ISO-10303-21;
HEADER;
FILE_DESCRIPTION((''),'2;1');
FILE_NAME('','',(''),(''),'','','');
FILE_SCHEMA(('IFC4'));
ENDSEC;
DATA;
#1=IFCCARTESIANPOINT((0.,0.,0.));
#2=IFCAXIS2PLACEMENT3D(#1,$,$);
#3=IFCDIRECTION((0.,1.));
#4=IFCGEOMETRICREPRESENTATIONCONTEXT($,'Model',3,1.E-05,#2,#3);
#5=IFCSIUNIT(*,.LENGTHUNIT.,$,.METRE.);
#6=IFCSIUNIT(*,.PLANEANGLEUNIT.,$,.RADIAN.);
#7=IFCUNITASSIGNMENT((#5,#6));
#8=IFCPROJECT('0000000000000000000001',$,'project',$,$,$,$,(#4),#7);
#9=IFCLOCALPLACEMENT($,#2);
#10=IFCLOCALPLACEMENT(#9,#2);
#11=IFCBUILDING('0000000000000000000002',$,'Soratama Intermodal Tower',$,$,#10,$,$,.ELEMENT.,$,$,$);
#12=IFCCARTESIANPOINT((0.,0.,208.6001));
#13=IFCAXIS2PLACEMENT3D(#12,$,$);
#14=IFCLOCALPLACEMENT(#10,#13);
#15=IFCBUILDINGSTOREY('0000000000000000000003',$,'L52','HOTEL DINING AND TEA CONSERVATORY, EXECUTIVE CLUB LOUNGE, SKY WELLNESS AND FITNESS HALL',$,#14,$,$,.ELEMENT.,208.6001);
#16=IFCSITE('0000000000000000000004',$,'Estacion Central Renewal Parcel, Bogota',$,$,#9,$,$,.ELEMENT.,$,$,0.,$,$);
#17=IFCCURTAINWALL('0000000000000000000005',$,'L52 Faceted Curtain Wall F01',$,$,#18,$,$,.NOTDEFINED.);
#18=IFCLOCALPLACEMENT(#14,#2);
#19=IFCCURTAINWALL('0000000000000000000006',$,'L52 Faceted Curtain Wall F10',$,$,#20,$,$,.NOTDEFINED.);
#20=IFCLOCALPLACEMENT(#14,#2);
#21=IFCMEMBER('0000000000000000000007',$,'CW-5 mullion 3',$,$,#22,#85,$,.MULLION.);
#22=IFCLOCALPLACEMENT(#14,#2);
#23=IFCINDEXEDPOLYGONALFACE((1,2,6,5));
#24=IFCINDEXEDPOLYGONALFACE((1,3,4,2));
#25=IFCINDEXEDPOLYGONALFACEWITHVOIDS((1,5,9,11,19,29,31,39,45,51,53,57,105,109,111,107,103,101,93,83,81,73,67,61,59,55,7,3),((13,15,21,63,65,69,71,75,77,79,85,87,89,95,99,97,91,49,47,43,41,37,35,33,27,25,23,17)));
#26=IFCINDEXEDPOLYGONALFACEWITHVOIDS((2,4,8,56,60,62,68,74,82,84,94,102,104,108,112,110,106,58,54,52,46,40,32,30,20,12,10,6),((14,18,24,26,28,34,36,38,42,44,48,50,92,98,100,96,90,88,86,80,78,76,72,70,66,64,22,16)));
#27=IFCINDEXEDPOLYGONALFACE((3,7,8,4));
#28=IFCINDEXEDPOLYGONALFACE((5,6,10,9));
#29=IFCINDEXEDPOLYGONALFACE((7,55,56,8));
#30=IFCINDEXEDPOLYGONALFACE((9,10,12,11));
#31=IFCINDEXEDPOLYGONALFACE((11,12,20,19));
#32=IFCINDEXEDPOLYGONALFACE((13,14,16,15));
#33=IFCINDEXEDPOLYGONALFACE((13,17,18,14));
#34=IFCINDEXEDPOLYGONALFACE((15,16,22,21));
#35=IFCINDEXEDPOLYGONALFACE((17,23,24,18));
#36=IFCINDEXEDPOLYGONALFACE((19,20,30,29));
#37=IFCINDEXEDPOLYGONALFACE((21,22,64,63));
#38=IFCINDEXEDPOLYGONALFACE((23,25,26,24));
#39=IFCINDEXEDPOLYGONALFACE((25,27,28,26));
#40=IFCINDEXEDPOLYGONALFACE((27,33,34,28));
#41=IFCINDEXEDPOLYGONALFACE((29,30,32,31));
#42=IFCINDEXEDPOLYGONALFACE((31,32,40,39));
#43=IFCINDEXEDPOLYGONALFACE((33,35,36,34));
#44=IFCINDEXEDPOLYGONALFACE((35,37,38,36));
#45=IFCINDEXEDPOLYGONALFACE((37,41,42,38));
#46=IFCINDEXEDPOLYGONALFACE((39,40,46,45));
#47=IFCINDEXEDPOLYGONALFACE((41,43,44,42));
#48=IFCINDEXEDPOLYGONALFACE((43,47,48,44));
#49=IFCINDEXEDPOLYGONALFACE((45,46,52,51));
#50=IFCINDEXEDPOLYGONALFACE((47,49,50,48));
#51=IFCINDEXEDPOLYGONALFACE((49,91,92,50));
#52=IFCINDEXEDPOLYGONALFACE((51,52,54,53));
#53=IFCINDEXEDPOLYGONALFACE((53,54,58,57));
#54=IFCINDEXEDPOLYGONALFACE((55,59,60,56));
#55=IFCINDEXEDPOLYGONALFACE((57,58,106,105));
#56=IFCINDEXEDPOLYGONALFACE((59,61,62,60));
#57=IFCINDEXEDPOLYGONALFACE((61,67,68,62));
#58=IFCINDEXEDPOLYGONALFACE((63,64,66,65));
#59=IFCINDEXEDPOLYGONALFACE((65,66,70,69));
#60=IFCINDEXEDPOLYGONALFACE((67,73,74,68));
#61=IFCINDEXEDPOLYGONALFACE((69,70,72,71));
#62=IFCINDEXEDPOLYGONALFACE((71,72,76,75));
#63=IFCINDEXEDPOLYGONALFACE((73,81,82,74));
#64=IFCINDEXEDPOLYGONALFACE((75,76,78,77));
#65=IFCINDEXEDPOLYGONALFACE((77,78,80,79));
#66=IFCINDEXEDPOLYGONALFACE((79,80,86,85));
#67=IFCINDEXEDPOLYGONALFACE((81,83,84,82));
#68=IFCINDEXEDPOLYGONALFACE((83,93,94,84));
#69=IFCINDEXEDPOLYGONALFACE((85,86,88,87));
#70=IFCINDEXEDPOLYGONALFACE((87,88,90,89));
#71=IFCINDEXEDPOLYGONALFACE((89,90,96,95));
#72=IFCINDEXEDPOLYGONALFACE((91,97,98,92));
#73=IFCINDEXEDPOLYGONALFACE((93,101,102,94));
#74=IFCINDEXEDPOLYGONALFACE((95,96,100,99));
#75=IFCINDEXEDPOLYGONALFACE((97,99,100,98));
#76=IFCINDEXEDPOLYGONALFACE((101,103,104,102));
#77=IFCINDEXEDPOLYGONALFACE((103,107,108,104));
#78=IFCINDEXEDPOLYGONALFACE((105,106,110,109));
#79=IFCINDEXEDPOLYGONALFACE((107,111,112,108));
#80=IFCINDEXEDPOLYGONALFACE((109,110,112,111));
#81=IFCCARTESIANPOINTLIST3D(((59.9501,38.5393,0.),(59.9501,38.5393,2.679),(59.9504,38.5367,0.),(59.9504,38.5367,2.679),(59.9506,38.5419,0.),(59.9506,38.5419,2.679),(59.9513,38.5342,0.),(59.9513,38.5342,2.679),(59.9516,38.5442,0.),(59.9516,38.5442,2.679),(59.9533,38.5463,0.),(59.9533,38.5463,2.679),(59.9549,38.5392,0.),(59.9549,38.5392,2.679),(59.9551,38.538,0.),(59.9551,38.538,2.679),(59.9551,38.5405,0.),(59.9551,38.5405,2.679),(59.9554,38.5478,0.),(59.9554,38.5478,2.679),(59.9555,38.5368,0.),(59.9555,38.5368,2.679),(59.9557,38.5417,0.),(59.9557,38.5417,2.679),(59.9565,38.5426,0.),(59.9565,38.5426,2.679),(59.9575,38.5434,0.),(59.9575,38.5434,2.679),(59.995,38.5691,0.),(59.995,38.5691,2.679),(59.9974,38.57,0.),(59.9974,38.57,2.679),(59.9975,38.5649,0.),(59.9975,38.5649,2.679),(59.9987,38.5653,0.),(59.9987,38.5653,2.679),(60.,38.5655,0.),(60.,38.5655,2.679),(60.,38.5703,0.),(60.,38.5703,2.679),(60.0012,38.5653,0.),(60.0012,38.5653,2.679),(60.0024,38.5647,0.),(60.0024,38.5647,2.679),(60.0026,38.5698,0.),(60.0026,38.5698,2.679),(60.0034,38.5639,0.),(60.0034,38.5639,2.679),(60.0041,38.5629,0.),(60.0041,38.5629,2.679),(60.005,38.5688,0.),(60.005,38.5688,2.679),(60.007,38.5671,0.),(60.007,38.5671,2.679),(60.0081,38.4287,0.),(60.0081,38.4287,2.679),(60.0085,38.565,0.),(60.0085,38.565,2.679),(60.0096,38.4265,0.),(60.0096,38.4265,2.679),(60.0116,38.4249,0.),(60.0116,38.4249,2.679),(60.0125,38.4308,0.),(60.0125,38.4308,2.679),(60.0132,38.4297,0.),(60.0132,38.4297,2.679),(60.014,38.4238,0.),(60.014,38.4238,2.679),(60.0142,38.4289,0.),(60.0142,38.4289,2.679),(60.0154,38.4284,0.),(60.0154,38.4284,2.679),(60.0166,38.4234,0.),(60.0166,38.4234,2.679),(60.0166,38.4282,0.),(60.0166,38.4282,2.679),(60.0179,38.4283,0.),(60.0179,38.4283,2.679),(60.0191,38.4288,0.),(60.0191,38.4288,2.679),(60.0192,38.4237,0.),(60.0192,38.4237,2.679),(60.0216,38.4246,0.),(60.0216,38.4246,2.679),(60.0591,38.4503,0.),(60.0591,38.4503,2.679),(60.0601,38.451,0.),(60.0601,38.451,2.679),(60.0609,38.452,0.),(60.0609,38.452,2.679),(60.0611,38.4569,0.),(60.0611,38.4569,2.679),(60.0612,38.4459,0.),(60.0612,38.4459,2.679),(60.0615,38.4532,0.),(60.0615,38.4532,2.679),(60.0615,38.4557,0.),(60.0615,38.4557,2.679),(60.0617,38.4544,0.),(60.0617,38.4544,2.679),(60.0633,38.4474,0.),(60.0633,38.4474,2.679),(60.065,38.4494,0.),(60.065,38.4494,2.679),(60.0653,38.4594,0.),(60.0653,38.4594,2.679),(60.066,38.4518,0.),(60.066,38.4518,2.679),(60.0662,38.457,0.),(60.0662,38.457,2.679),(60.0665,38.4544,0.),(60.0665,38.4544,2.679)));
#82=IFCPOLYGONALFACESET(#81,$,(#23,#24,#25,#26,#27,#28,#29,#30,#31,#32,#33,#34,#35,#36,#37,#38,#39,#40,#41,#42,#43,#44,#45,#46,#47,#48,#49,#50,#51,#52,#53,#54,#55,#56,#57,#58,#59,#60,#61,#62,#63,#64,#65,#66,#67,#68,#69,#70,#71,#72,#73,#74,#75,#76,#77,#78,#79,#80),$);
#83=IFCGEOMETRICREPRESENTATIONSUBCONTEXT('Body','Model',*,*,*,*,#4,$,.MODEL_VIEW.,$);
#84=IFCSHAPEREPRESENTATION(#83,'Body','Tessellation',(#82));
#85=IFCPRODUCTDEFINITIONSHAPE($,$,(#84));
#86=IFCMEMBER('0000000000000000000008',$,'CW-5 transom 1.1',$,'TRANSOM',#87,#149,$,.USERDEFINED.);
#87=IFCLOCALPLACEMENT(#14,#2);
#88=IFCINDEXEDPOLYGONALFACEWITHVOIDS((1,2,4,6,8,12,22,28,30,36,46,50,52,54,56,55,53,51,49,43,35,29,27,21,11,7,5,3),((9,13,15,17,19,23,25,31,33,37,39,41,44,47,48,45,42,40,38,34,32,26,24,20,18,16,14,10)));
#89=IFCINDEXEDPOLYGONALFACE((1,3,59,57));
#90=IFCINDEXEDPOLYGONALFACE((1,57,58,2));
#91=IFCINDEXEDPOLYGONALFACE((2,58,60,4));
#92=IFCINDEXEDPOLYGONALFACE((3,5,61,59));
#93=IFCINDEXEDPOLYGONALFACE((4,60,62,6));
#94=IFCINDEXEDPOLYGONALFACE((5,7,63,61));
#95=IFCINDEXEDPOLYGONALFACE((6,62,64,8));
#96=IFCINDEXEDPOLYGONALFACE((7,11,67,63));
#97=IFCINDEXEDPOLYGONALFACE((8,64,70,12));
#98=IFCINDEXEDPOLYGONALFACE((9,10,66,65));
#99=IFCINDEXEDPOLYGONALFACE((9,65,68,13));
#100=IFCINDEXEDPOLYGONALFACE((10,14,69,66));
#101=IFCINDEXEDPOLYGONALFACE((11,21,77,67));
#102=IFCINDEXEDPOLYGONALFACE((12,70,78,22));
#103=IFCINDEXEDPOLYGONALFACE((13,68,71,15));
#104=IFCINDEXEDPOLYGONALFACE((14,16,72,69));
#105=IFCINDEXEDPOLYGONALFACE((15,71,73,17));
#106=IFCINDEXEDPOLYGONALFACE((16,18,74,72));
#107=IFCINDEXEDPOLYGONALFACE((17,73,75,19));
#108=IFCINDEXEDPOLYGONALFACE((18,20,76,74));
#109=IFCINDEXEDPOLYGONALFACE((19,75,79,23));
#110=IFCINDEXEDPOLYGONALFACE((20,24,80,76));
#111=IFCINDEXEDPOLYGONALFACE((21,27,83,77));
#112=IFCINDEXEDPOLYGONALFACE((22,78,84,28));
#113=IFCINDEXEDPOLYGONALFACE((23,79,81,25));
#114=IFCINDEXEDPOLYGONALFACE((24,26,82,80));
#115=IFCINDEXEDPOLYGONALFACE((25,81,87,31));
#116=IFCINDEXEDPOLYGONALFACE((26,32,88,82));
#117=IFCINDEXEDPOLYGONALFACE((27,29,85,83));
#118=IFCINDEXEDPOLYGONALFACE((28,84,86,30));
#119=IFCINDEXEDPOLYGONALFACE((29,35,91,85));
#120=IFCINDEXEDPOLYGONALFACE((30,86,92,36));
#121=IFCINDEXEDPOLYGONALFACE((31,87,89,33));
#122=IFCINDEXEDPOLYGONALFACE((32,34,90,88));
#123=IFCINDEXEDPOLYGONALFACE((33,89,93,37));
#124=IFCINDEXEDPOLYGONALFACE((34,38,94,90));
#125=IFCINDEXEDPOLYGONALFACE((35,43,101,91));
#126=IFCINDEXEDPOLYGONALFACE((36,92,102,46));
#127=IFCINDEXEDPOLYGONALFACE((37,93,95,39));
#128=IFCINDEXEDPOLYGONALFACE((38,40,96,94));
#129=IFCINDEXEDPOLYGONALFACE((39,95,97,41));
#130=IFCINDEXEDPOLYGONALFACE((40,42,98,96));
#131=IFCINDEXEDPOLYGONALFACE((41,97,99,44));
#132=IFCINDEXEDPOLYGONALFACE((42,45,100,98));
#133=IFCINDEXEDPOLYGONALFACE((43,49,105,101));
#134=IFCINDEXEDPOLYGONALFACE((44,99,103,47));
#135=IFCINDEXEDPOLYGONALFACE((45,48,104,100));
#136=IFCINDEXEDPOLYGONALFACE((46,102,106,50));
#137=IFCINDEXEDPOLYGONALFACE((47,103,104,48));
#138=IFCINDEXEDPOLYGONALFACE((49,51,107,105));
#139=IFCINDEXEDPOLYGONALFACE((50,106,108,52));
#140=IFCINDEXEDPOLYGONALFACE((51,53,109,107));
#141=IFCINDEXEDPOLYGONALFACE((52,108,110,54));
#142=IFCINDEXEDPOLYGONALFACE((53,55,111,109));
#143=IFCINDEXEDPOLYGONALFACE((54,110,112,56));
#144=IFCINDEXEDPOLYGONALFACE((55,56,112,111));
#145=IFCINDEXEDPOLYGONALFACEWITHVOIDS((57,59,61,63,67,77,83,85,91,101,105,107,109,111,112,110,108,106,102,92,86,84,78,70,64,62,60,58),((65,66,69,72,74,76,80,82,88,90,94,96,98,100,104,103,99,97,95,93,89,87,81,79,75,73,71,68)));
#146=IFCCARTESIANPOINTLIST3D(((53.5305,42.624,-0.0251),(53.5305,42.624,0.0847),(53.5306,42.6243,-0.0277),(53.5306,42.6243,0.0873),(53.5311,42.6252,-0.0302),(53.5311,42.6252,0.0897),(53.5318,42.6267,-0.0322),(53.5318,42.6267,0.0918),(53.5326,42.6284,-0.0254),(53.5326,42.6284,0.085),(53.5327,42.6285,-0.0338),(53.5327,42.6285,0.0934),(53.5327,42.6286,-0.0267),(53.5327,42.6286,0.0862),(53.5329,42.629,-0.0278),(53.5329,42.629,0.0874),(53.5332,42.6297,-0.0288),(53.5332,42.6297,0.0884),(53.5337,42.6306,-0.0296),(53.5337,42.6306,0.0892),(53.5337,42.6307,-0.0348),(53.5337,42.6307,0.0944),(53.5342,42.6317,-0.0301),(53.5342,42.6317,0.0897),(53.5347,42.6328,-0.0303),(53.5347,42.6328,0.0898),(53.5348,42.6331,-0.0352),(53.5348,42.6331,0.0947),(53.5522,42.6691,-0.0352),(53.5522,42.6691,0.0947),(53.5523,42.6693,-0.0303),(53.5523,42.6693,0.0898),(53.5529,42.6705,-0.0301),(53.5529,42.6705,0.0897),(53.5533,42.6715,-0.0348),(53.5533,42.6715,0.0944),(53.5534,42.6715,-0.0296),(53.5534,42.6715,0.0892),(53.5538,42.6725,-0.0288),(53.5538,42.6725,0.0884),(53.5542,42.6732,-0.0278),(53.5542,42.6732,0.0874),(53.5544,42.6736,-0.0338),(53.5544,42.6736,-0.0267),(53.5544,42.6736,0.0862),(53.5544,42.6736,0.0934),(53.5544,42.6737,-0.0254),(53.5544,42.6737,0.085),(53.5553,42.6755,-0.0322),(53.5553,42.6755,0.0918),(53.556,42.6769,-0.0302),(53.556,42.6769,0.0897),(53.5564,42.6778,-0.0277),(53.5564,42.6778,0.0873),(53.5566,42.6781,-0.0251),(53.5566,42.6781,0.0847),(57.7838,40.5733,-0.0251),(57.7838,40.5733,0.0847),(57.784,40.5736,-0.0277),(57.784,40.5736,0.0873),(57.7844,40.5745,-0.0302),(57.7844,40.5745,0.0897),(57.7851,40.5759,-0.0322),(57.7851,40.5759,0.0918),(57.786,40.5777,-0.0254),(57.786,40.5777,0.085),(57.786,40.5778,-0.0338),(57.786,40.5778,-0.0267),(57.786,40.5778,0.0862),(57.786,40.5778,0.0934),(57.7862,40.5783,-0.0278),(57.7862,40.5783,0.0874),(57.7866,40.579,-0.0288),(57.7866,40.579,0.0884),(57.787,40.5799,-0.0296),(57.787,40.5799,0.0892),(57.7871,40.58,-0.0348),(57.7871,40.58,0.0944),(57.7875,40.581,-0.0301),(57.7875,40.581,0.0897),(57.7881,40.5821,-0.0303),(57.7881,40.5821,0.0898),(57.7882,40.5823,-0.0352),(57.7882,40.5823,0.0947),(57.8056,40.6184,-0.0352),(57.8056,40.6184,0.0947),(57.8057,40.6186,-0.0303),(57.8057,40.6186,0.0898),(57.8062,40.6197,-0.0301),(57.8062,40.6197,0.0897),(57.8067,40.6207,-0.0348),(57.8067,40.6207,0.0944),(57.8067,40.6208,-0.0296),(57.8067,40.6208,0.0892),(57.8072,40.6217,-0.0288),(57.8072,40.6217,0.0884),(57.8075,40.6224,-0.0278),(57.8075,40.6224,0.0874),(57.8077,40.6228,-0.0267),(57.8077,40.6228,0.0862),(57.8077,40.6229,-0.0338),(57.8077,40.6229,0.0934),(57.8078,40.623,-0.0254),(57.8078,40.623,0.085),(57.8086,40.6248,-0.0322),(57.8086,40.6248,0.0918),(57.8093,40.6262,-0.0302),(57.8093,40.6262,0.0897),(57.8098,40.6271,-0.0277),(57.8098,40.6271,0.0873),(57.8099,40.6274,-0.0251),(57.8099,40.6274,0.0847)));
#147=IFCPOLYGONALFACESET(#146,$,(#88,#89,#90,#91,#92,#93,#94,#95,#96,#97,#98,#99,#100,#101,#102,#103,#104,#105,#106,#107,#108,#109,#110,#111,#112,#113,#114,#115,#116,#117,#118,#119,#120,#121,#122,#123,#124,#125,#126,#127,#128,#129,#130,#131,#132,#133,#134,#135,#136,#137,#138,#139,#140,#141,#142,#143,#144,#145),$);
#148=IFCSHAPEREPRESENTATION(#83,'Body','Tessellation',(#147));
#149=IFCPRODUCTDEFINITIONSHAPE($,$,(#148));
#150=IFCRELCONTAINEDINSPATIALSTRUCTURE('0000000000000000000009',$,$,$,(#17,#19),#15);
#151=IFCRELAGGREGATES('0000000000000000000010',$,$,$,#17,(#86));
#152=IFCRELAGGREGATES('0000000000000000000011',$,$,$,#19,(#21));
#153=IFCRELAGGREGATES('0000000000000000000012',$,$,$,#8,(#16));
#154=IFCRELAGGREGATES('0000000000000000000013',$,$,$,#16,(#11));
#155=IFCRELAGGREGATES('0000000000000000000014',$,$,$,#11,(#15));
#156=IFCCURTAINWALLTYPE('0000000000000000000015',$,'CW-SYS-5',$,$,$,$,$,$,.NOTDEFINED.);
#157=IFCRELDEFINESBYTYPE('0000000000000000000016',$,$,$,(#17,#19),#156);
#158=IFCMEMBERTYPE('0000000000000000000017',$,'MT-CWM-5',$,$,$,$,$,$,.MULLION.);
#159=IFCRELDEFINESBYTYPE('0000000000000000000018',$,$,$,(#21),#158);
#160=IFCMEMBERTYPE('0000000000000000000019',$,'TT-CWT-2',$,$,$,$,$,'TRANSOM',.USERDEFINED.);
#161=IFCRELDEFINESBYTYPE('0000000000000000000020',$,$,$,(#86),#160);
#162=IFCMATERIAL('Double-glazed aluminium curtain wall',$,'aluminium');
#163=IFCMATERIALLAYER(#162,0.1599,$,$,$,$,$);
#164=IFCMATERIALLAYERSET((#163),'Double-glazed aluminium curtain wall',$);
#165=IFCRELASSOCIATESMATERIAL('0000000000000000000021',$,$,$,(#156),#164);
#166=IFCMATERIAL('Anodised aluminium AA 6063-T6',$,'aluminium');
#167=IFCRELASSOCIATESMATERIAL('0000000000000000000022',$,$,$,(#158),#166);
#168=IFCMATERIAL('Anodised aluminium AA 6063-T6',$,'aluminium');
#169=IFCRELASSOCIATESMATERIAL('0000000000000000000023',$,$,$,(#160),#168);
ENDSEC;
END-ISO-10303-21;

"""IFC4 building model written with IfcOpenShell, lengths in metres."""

from ifc_helpers import new_model, si_unit, direction, frame, origin, origin_2d, place, context, subcontext, project, spatial, hollow_rectangle, extrude, material, layer, layer_set, material_profile, profile_set, type_object, element, aggregate, save


model = new_model("IFC4")

# Units and contexts
model_context = context("Model", 3, precision=1e-05, world=origin(), true_north=direction((0.0, 1.0)))
body_context = subcontext(model_context, "Body", "Model", "MODEL_VIEW")
ifc_project = project(units=[si_unit("LENGTHUNIT", "METRE"), si_unit("PLANEANGLEUNIT", "RADIAN")], contexts=[model_context])

# Site, building, storey
site_placement = place(None, origin())
site = spatial("IfcSite", under=ifc_project, at=site_placement, Name="Estacion Central Renewal Parcel, Bogota", CompositionType="ELEMENT", RefElevation=0.0)
building_placement = place(site_placement, origin())
building = spatial("IfcBuilding", under=site, at=building_placement, Name="Soratama Intermodal Tower", CompositionType="ELEMENT")
storey_placement = place(building_placement, frame((0.0, 0.0, 208.6001)))
storey = spatial("IfcBuildingStorey", under=building, at=storey_placement, Name="L52", Description="HOTEL DINING AND TEA CONSERVATORY, EXECUTIVE CLUB LOUNGE, SKY WELLNESS AND FITNESS HALL", CompositionType="ELEMENT", Elevation=208.6001)

# Curtain wall
ifc_material_1 = material(Name="Double-glazed aluminium curtain wall", Category="aluminium")
ifc_layer_1 = layer(ifc_material_1, 0.1599)
ifc_layer_set_1 = layer_set([ifc_layer_1], Name="Double-glazed aluminium curtain wall")
curtain_wall_type = type_object("IfcCurtainWallType", Name="CW-SYS-5", PredefinedType="NOTDEFINED", material=ifc_layer_set_1)
curtain_wall_1_placement = place(storey_placement, origin())
curtain_wall_1 = element("IfcCurtainWall", 1, at=curtain_wall_1_placement, inside=storey, type_object=curtain_wall_type, Name="L52 Faceted Curtain Wall F01", PredefinedType="NOTDEFINED")
ifc_material_2 = material(Name="Anodised aluminium AA 6063-T6", Category="aluminium")
ifc_material_profile_1 = material_profile(ifc_material_2, hollow_rectangle(XDim=0.0649, YDim=0.1399, WallThickness=0.0049, InnerFilletRadius=0.0049, OuterFilletRadius=0.01, at=origin_2d()), Name="CWM140X65X5")
ifc_profile_set_1 = profile_set([ifc_material_profile_1], Name="Anodised aluminium AA 6063-T6")
member_type_1 = type_object("IfcMemberType", Name="MT-CWM-5", PredefinedType="MULLION", material=ifc_profile_set_1)

# Curtain wall, member
curtain_wall_2_placement = place(storey_placement, origin())
curtain_wall_2 = element("IfcCurtainWall", 2, at=curtain_wall_2_placement, inside=storey, type_object=curtain_wall_type, Name="L52 Faceted Curtain Wall F10", PredefinedType="NOTDEFINED")
member_1_placement = place(storey_placement, frame((60.0083, 38.4968, 0.0), z_axis=(0.0, 0.0, 1.0), x_axis=(-0.880807, -0.473476, 0.0)))
member_1 = element("IfcMember", 3, at=member_1_placement, type_object=member_type_1, Name="CW-5 mullion 3", PredefinedType="MULLION", context=body_context, shape_type="SweptSolid", body=[
    extrude(hollow_rectangle(XDim=0.0649, YDim=0.1399, WallThickness=0.0049, InnerFilletRadius=0.0049, OuterFilletRadius=0.01, at=origin_2d()), origin(), (0.0, 0.0, 1.0), 2.679),
])

# Member
ifc_material_3 = material(Name="Anodised aluminium AA 6063-T6", Category="aluminium")
ifc_material_profile_2 = material_profile(ifc_material_3, hollow_rectangle(XDim=0.0601, YDim=0.1299, WallThickness=0.0049, InnerFilletRadius=0.0049, OuterFilletRadius=0.01, at=origin_2d()), Name="CWT130X60X5")
ifc_profile_set_2 = profile_set([ifc_material_profile_2], Name="Anodised aluminium AA 6063-T6")
member_type_2 = type_object("IfcMemberType", Name="TT-CWT-2", ElementType="TRANSOM", PredefinedType="USERDEFINED", material=ifc_profile_set_2)
member_2_placement = place(storey_placement, frame((57.7969, 40.6003, 0.0298), z_axis=(-0.900767, 0.434304, 0.0), x_axis=(-0.434304, -0.900767, 0.0)))
member_2 = element("IfcMember", 4, at=member_2_placement, type_object=member_type_2, Name="CW-5 transom 1.1", ObjectType="TRANSOM", PredefinedType="USERDEFINED", context=body_context, shape_type="SweptSolid", body=[
    extrude(hollow_rectangle(XDim=0.0601, YDim=0.1299, WallThickness=0.0049, InnerFilletRadius=0.0049, OuterFilletRadius=0.01, at=origin_2d()), origin(), (0.0, 0.0, 1.0), 4.7219),
])

aggregate(curtain_wall_1, [member_2])
aggregate(curtain_wall_2, [member_1])

save(model, "model.ifc")
